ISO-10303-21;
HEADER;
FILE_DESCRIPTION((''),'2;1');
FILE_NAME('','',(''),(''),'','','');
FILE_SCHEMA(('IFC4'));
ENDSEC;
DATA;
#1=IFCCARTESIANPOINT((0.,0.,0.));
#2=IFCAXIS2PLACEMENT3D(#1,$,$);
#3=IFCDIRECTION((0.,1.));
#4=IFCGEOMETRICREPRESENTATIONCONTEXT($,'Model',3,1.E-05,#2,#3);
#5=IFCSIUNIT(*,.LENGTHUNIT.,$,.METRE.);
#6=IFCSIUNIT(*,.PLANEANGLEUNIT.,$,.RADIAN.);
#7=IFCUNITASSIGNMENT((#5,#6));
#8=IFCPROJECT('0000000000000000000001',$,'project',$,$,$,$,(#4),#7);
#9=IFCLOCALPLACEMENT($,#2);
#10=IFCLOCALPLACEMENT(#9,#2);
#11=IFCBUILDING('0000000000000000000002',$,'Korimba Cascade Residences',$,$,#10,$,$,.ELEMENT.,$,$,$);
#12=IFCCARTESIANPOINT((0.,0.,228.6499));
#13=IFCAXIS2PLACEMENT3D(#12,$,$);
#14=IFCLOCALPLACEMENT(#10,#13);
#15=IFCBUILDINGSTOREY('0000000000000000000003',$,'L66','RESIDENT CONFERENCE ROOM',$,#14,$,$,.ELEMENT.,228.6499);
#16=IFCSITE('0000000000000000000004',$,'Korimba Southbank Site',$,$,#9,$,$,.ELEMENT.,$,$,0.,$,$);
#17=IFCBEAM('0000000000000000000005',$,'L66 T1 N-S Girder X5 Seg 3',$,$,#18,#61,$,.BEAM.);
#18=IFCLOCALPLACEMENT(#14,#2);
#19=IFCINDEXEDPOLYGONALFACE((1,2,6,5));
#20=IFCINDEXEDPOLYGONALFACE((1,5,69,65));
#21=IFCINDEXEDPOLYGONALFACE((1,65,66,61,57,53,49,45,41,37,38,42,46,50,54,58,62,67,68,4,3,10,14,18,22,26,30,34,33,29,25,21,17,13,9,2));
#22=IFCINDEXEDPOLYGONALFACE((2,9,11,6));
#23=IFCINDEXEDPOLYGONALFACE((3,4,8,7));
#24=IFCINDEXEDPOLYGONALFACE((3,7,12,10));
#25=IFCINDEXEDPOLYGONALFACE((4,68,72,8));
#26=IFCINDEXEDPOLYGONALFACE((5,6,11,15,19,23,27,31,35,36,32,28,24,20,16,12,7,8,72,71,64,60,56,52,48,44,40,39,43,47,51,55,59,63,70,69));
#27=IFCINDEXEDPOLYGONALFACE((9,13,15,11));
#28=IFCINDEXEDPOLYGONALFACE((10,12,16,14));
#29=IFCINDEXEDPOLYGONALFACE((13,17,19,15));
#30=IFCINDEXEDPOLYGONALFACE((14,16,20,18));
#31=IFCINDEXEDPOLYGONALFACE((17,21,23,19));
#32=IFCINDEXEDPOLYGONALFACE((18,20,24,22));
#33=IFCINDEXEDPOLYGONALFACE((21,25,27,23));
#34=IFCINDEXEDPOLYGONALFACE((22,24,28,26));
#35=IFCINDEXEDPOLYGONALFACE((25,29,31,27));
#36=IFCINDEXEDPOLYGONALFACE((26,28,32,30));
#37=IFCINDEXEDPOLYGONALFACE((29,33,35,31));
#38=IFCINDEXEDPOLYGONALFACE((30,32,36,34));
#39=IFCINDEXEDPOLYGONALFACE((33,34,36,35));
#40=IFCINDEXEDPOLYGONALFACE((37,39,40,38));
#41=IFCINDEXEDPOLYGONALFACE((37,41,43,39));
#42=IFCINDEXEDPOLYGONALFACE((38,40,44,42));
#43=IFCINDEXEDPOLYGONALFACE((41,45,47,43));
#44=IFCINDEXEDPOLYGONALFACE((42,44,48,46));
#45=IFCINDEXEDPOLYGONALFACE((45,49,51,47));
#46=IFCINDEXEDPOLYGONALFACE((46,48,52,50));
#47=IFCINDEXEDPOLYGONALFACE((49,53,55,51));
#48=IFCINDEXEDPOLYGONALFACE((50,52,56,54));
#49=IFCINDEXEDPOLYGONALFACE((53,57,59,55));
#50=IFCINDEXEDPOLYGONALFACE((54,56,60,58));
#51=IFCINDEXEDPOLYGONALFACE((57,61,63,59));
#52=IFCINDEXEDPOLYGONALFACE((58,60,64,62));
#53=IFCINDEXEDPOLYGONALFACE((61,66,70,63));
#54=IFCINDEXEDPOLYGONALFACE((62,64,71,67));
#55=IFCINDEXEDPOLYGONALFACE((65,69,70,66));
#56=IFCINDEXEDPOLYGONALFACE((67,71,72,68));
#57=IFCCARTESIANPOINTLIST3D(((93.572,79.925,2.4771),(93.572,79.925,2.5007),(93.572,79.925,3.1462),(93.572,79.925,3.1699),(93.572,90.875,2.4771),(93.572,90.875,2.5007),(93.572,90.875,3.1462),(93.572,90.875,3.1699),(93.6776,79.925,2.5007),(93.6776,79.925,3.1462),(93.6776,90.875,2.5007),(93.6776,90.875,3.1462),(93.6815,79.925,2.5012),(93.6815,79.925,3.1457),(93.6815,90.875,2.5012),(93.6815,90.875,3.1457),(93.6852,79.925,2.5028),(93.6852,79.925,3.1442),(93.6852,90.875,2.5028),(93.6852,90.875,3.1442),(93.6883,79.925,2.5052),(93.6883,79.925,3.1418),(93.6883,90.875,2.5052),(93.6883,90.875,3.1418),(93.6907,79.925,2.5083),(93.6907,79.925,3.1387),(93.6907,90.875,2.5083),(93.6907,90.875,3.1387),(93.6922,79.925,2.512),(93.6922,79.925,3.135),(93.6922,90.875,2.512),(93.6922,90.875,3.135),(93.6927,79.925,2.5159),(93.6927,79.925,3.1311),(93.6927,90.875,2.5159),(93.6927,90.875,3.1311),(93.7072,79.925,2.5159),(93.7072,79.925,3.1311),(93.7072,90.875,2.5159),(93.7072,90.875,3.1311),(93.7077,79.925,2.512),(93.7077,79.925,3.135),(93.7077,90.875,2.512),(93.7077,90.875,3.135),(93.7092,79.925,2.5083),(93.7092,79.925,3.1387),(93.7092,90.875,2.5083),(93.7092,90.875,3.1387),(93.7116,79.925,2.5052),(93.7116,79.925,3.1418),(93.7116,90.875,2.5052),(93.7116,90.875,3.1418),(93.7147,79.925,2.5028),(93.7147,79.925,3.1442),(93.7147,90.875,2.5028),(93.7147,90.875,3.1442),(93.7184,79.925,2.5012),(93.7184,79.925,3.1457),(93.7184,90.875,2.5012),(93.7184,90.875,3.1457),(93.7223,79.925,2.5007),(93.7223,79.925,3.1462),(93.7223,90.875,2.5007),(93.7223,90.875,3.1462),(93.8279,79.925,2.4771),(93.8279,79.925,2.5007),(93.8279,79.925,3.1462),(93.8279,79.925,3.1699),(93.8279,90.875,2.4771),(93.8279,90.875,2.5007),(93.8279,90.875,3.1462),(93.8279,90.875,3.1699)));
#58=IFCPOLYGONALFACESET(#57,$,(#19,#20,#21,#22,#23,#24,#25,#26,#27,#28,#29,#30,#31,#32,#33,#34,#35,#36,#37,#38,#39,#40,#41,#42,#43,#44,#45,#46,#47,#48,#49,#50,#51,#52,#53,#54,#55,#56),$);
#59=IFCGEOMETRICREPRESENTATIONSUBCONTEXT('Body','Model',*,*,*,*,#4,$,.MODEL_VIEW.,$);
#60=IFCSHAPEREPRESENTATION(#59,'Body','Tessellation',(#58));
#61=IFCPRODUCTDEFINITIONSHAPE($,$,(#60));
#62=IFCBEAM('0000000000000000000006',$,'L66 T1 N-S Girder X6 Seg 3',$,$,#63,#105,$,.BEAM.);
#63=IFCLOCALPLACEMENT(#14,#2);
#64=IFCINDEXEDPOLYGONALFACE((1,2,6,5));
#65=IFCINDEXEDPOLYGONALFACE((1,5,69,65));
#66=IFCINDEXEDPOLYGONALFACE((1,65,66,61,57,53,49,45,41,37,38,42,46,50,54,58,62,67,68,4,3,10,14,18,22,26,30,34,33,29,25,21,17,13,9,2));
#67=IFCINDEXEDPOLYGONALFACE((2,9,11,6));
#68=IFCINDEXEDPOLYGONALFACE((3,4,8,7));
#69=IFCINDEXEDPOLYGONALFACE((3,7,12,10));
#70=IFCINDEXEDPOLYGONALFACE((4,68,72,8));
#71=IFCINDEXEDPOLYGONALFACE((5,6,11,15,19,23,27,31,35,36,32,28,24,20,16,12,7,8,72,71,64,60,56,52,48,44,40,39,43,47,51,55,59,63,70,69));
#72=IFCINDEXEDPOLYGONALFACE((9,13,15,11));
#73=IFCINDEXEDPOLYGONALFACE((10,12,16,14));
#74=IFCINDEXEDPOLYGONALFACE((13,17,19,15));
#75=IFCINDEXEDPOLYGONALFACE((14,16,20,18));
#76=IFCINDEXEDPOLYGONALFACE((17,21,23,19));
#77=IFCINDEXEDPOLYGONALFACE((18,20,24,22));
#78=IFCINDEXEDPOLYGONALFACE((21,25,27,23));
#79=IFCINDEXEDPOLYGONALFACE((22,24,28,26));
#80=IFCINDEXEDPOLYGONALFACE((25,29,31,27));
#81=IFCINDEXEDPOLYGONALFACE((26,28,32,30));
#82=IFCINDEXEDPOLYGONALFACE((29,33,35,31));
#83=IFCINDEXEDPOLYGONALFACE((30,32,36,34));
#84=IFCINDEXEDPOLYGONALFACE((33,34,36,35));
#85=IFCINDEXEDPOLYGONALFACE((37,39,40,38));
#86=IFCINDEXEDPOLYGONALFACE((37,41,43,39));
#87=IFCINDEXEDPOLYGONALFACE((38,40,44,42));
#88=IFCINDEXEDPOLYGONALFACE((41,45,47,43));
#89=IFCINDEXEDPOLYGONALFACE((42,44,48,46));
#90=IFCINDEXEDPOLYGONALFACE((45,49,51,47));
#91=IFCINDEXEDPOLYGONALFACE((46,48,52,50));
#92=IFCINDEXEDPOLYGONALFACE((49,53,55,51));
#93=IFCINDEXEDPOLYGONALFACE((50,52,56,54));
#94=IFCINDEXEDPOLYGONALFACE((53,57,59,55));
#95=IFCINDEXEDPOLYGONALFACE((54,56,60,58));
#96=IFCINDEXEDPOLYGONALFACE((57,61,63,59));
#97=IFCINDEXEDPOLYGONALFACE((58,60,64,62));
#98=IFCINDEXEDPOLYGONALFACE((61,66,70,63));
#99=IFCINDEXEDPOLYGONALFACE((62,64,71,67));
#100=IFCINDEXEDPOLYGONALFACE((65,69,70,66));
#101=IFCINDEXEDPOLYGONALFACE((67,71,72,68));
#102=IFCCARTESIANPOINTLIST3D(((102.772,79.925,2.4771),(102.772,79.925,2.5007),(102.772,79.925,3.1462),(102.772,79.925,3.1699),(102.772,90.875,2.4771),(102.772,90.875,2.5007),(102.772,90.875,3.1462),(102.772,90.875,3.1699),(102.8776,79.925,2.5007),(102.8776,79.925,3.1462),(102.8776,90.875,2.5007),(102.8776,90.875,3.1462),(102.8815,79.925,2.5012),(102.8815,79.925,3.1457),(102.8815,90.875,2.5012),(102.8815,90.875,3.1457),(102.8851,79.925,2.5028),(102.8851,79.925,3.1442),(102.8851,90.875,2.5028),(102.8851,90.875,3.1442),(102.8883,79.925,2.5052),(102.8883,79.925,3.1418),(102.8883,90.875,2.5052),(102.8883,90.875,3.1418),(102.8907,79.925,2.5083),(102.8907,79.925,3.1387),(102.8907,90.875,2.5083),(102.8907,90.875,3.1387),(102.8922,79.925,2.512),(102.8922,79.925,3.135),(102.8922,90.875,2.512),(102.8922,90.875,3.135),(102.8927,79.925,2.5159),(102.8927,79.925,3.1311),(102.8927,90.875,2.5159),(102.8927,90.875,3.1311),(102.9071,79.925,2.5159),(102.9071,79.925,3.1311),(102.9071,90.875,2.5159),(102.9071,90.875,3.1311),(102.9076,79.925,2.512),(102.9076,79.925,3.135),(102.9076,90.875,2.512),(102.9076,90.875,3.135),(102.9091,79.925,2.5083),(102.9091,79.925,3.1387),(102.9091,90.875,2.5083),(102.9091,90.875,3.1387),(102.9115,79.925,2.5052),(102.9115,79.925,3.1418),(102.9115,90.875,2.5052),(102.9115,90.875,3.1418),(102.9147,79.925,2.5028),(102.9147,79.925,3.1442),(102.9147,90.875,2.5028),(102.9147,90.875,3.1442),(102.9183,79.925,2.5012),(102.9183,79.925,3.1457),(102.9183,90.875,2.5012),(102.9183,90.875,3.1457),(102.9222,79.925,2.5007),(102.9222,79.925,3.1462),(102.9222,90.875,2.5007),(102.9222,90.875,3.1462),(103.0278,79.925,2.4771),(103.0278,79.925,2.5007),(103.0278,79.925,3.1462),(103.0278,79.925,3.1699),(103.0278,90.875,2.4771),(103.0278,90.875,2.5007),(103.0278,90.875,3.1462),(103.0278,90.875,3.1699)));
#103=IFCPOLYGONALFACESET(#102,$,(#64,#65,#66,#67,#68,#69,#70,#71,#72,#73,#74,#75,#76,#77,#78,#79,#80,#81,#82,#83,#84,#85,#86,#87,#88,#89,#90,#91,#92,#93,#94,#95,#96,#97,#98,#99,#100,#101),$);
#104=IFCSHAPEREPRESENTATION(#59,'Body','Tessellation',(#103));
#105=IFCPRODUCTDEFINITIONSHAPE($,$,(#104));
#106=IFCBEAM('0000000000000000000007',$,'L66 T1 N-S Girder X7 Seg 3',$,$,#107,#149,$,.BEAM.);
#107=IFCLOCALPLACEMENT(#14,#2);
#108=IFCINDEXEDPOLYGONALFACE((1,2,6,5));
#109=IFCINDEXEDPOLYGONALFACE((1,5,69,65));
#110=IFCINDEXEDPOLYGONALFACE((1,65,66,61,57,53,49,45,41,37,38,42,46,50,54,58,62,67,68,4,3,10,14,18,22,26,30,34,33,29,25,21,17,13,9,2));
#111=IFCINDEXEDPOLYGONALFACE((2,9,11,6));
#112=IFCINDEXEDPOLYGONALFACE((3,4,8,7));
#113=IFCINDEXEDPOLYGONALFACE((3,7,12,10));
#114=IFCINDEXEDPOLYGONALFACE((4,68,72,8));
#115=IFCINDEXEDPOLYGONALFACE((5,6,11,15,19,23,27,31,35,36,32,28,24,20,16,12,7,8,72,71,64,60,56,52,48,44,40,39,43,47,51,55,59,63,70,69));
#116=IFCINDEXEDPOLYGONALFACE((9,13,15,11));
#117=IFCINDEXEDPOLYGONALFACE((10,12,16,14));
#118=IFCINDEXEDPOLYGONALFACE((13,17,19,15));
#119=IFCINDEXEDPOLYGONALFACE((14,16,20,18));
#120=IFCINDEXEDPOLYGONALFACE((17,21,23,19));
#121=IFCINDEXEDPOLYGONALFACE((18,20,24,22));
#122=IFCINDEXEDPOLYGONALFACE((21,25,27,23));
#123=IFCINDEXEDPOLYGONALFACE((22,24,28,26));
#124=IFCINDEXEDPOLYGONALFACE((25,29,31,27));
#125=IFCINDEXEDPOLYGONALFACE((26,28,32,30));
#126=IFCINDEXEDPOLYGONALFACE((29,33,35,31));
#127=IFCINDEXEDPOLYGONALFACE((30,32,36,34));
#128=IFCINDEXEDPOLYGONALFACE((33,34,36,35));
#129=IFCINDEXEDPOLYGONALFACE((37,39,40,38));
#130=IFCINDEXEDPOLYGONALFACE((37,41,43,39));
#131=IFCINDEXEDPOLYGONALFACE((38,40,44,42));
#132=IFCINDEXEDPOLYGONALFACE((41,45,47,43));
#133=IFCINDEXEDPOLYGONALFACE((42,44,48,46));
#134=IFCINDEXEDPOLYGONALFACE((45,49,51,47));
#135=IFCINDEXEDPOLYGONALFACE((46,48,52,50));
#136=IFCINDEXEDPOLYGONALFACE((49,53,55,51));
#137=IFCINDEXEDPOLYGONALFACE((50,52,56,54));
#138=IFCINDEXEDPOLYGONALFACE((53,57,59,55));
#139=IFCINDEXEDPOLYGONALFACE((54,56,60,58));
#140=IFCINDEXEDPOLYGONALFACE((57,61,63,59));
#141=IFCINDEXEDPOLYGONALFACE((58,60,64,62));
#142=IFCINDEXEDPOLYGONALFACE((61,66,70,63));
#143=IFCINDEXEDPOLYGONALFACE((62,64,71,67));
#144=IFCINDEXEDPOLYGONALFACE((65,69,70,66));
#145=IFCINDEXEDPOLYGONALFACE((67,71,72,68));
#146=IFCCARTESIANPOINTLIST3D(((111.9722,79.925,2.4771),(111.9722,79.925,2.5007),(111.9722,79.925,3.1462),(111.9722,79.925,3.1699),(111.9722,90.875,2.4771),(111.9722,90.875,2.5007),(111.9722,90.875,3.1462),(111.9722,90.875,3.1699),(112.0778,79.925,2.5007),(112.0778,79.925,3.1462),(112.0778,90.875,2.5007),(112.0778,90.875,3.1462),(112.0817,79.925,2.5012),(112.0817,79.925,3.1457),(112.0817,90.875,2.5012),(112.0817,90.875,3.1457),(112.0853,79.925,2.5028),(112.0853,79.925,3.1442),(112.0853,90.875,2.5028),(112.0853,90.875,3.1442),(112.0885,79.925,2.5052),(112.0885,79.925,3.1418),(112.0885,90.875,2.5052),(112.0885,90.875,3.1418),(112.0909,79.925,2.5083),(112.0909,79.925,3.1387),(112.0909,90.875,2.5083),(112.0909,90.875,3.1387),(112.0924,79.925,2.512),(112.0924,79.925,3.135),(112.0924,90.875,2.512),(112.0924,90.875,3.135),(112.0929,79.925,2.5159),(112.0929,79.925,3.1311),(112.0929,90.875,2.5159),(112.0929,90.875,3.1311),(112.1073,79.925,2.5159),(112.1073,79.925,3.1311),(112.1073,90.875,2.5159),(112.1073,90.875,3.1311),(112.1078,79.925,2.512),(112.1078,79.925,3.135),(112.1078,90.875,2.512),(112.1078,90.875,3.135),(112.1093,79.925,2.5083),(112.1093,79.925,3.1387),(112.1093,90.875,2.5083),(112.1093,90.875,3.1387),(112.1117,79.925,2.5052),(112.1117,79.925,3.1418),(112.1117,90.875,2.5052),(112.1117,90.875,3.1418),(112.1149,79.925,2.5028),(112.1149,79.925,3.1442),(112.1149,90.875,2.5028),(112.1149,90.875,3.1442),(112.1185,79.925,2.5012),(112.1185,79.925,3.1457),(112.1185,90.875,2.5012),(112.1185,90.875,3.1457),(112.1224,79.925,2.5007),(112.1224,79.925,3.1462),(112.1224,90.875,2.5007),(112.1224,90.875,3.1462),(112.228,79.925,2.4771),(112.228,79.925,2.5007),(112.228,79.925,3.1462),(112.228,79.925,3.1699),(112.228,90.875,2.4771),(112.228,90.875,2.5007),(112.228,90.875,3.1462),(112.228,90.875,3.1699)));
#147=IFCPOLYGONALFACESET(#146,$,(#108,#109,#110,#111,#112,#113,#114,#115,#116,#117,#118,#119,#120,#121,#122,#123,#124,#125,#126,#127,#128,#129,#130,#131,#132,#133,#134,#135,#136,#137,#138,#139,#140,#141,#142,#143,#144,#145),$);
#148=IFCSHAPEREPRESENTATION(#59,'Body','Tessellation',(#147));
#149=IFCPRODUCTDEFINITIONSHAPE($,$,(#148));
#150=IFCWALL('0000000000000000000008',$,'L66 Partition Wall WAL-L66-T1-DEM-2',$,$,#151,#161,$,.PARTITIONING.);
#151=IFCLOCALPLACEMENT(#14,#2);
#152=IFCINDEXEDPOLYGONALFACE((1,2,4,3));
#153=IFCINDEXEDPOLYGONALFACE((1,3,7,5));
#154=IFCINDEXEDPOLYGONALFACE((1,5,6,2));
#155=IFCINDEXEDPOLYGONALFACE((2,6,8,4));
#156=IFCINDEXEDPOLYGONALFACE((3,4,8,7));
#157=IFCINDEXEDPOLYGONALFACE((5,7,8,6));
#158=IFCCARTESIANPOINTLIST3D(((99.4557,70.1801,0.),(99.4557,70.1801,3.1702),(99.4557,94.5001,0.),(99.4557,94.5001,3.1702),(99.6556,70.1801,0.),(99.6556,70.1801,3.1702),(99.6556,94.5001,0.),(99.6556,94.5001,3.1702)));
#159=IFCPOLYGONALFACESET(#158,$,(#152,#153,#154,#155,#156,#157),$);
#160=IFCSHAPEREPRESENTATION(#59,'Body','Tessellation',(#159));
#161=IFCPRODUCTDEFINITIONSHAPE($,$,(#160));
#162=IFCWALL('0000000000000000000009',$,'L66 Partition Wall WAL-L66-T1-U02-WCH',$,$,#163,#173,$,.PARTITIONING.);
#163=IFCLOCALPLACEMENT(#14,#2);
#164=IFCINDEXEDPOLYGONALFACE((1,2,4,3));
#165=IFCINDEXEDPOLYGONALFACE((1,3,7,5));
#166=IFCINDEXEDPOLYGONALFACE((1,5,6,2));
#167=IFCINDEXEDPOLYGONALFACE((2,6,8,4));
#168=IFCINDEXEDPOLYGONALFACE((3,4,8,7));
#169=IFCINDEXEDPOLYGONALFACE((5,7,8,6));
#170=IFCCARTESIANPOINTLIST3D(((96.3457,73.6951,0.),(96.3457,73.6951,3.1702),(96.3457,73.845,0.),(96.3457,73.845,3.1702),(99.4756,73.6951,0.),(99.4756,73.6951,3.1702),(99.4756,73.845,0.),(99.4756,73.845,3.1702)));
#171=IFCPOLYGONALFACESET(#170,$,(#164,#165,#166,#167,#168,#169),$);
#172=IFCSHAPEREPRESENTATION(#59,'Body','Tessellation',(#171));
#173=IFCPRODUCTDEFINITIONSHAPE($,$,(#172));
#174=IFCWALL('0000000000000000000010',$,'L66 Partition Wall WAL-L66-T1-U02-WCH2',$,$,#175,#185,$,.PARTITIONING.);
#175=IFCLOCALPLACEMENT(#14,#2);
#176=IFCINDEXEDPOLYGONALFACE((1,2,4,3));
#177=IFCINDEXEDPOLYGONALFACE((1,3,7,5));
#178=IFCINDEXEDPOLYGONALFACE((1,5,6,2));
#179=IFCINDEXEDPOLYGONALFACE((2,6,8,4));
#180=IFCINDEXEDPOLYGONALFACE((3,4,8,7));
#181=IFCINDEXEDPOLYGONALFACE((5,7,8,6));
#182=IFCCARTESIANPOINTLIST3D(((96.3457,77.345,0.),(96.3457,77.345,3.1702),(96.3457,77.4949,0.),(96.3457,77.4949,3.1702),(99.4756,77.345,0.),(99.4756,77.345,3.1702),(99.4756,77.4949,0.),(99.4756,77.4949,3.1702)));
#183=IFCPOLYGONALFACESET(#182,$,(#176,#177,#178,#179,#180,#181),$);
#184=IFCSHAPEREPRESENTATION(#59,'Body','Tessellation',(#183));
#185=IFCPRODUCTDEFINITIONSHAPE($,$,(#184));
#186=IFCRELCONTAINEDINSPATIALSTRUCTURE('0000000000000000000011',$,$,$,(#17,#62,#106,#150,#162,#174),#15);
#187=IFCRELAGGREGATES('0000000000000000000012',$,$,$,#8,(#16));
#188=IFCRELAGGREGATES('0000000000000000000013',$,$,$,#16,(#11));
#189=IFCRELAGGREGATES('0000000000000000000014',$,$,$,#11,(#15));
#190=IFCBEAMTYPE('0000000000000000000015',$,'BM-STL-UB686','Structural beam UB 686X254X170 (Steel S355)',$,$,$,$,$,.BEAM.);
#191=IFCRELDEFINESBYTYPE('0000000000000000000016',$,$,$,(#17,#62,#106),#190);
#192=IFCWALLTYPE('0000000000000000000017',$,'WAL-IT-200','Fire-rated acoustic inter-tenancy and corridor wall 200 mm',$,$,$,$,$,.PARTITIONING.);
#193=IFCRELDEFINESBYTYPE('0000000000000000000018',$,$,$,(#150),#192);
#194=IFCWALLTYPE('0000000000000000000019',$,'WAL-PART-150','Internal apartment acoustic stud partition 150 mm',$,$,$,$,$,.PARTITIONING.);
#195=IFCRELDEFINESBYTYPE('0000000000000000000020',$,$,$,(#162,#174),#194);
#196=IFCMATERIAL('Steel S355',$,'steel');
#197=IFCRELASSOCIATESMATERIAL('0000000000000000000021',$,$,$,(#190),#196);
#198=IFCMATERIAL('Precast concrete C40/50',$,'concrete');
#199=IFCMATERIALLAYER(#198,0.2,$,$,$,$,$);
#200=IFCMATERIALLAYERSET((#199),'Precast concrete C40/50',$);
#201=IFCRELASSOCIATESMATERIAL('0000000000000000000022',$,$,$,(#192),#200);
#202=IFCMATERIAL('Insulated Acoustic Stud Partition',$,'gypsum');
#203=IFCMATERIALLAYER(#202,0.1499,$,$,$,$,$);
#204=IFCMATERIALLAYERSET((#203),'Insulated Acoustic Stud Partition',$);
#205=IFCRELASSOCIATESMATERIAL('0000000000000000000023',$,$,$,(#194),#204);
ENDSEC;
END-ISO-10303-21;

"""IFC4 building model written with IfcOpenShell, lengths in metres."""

from ifc_helpers import new_model, si_unit, direction, frame, frame_2d, origin, origin_2d, place, context, subcontext, project, spatial, rectangle, i_section, extrude, material, layer, layer_set, material_profile, profile_set, type_object, element, save


model = new_model("IFC4")

# Units and contexts
model_context = context("Model", 3, precision=1e-05, world=origin(), true_north=direction((0.0, 1.0)))
body_context = subcontext(model_context, "Body", "Model", "MODEL_VIEW")
ifc_project = project(units=[si_unit("LENGTHUNIT", "METRE"), si_unit("PLANEANGLEUNIT", "RADIAN")], contexts=[model_context])

# Site, building, storey
site_placement = place(None, origin())
site = spatial("IfcSite", under=ifc_project, at=site_placement, Name="Korimba Southbank Site", CompositionType="ELEMENT", RefElevation=0.0)
building_placement = place(site_placement, origin())
building = spatial("IfcBuilding", under=site, at=building_placement, Name="Korimba Cascade Residences", CompositionType="ELEMENT")
storey_placement = place(building_placement, frame((0.0, 0.0, 228.6499)))
storey = spatial("IfcBuildingStorey", under=building, at=storey_placement, Name="L66", Description="RESIDENT CONFERENCE ROOM", CompositionType="ELEMENT", Elevation=228.6499)

# Beams
ifc_material_1 = material(Name="Steel S355", Category="steel")
ifc_material_profile_1 = material_profile(ifc_material_1, i_section(OverallWidth=0.2559, OverallDepth=0.6929, WebThickness=0.0144, FlangeThickness=0.0237, FilletRadius=0.0151, at=origin_2d()), Name="Steel S355")
ifc_profile_set_1 = profile_set([ifc_material_profile_1], Name="Steel S355")
beam_type_1 = type_object("IfcBeamType", Name="BM-STL-UB686", Description="Structural beam UB 686X254X170 (Steel S355)", PredefinedType="BEAM", material=ifc_profile_set_1)
for number, where, z_axis, x_axis, name in (
    (1, (93.7, 79.925, 2.8235), (0.0, 1.0, 0.0), (-1.0, 0.0, 0.0), "L66 T1 N-S Girder X5 Seg 3"),
    (2, (102.8999, 79.925, 2.8235), (0.0, 1.0, 0.0), (-1.0, 0.0, 0.0), "L66 T1 N-S Girder X6 Seg 3"),
    (3, (112.1001, 79.925, 2.8235), (0.0, 1.0, 0.0), (-1.0, 0.0, 0.0), "L66 T1 N-S Girder X7 Seg 3"),
):
    element("IfcBeam", number, at=place(storey_placement, frame(where, z_axis=z_axis, x_axis=x_axis)), inside=storey, type_object=beam_type_1, Name=name, PredefinedType="BEAM", context=body_context, shape_type="SweptSolid", body=[
        extrude(i_section(OverallWidth=0.2559, OverallDepth=0.6929, WebThickness=0.0144, FlangeThickness=0.0237, FilletRadius=0.0151, at=origin_2d()), origin(), (0.0, 0.0, 1.0), 10.95),
    ])

# Walls
ifc_material_2 = material(Name="Precast concrete C40/50", Category="concrete")
ifc_layer_1 = layer(ifc_material_2, 0.2)
ifc_layer_set_1 = layer_set([ifc_layer_1], Name="Precast concrete C40/50")
wall_type_1 = type_object("IfcWallType", Name="WAL-IT-200", Description="Fire-rated acoustic inter-tenancy and corridor wall 200 mm", PredefinedType="PARTITIONING", material=ifc_layer_set_1)
wall_1_placement = place(storey_placement, frame((99.5557, 70.1799, 0.0), z_axis=(0.0, 0.0, 1.0), x_axis=(0.0, 1.0, 0.0)))
element("IfcWall", 4, at=wall_1_placement, inside=storey, type_object=wall_type_1, Name="L66 Partition Wall WAL-L66-T1-DEM-2", PredefinedType="PARTITIONING", context=body_context, shape_type="SweptSolid", body=[
    extrude(rectangle(XDim=24.3201, YDim=0.2, at=frame_2d((12.1602, 0.0))), origin(), (0.0, 0.0, 1.0), 3.1702),
])
ifc_material_3 = material(Name="Insulated Acoustic Stud Partition", Category="gypsum")
ifc_layer_2 = layer(ifc_material_3, 0.1499)
ifc_layer_set_2 = layer_set([ifc_layer_2], Name="Insulated Acoustic Stud Partition")
wall_type_2 = type_object("IfcWallType", Name="WAL-PART-150", Description="Internal apartment acoustic stud partition 150 mm", PredefinedType="PARTITIONING", material=ifc_layer_set_2)
for number, where, z_axis, x_axis, name in (
    (5, (96.3457, 73.77, 0.0), (0.0, 0.0, 1.0), (1.0, 0.0, 0.0), "L66 Partition Wall WAL-L66-T1-U02-WCH"),
    (6, (96.3457, 77.4199, 0.0), (0.0, 0.0, 1.0), (1.0, 0.0, 0.0), "L66 Partition Wall WAL-L66-T1-U02-WCH2"),
):
    element("IfcWall", number, at=place(storey_placement, frame(where, z_axis=z_axis, x_axis=x_axis)), inside=storey, type_object=wall_type_2, Name=name, PredefinedType="PARTITIONING", context=body_context, shape_type="SweptSolid", body=[
        extrude(rectangle(XDim=3.1299, YDim=0.1499, at=frame_2d((1.5649, 0.0))), origin(), (0.0, 0.0, 1.0), 3.1702),
    ])

save(model, "model.ifc")
